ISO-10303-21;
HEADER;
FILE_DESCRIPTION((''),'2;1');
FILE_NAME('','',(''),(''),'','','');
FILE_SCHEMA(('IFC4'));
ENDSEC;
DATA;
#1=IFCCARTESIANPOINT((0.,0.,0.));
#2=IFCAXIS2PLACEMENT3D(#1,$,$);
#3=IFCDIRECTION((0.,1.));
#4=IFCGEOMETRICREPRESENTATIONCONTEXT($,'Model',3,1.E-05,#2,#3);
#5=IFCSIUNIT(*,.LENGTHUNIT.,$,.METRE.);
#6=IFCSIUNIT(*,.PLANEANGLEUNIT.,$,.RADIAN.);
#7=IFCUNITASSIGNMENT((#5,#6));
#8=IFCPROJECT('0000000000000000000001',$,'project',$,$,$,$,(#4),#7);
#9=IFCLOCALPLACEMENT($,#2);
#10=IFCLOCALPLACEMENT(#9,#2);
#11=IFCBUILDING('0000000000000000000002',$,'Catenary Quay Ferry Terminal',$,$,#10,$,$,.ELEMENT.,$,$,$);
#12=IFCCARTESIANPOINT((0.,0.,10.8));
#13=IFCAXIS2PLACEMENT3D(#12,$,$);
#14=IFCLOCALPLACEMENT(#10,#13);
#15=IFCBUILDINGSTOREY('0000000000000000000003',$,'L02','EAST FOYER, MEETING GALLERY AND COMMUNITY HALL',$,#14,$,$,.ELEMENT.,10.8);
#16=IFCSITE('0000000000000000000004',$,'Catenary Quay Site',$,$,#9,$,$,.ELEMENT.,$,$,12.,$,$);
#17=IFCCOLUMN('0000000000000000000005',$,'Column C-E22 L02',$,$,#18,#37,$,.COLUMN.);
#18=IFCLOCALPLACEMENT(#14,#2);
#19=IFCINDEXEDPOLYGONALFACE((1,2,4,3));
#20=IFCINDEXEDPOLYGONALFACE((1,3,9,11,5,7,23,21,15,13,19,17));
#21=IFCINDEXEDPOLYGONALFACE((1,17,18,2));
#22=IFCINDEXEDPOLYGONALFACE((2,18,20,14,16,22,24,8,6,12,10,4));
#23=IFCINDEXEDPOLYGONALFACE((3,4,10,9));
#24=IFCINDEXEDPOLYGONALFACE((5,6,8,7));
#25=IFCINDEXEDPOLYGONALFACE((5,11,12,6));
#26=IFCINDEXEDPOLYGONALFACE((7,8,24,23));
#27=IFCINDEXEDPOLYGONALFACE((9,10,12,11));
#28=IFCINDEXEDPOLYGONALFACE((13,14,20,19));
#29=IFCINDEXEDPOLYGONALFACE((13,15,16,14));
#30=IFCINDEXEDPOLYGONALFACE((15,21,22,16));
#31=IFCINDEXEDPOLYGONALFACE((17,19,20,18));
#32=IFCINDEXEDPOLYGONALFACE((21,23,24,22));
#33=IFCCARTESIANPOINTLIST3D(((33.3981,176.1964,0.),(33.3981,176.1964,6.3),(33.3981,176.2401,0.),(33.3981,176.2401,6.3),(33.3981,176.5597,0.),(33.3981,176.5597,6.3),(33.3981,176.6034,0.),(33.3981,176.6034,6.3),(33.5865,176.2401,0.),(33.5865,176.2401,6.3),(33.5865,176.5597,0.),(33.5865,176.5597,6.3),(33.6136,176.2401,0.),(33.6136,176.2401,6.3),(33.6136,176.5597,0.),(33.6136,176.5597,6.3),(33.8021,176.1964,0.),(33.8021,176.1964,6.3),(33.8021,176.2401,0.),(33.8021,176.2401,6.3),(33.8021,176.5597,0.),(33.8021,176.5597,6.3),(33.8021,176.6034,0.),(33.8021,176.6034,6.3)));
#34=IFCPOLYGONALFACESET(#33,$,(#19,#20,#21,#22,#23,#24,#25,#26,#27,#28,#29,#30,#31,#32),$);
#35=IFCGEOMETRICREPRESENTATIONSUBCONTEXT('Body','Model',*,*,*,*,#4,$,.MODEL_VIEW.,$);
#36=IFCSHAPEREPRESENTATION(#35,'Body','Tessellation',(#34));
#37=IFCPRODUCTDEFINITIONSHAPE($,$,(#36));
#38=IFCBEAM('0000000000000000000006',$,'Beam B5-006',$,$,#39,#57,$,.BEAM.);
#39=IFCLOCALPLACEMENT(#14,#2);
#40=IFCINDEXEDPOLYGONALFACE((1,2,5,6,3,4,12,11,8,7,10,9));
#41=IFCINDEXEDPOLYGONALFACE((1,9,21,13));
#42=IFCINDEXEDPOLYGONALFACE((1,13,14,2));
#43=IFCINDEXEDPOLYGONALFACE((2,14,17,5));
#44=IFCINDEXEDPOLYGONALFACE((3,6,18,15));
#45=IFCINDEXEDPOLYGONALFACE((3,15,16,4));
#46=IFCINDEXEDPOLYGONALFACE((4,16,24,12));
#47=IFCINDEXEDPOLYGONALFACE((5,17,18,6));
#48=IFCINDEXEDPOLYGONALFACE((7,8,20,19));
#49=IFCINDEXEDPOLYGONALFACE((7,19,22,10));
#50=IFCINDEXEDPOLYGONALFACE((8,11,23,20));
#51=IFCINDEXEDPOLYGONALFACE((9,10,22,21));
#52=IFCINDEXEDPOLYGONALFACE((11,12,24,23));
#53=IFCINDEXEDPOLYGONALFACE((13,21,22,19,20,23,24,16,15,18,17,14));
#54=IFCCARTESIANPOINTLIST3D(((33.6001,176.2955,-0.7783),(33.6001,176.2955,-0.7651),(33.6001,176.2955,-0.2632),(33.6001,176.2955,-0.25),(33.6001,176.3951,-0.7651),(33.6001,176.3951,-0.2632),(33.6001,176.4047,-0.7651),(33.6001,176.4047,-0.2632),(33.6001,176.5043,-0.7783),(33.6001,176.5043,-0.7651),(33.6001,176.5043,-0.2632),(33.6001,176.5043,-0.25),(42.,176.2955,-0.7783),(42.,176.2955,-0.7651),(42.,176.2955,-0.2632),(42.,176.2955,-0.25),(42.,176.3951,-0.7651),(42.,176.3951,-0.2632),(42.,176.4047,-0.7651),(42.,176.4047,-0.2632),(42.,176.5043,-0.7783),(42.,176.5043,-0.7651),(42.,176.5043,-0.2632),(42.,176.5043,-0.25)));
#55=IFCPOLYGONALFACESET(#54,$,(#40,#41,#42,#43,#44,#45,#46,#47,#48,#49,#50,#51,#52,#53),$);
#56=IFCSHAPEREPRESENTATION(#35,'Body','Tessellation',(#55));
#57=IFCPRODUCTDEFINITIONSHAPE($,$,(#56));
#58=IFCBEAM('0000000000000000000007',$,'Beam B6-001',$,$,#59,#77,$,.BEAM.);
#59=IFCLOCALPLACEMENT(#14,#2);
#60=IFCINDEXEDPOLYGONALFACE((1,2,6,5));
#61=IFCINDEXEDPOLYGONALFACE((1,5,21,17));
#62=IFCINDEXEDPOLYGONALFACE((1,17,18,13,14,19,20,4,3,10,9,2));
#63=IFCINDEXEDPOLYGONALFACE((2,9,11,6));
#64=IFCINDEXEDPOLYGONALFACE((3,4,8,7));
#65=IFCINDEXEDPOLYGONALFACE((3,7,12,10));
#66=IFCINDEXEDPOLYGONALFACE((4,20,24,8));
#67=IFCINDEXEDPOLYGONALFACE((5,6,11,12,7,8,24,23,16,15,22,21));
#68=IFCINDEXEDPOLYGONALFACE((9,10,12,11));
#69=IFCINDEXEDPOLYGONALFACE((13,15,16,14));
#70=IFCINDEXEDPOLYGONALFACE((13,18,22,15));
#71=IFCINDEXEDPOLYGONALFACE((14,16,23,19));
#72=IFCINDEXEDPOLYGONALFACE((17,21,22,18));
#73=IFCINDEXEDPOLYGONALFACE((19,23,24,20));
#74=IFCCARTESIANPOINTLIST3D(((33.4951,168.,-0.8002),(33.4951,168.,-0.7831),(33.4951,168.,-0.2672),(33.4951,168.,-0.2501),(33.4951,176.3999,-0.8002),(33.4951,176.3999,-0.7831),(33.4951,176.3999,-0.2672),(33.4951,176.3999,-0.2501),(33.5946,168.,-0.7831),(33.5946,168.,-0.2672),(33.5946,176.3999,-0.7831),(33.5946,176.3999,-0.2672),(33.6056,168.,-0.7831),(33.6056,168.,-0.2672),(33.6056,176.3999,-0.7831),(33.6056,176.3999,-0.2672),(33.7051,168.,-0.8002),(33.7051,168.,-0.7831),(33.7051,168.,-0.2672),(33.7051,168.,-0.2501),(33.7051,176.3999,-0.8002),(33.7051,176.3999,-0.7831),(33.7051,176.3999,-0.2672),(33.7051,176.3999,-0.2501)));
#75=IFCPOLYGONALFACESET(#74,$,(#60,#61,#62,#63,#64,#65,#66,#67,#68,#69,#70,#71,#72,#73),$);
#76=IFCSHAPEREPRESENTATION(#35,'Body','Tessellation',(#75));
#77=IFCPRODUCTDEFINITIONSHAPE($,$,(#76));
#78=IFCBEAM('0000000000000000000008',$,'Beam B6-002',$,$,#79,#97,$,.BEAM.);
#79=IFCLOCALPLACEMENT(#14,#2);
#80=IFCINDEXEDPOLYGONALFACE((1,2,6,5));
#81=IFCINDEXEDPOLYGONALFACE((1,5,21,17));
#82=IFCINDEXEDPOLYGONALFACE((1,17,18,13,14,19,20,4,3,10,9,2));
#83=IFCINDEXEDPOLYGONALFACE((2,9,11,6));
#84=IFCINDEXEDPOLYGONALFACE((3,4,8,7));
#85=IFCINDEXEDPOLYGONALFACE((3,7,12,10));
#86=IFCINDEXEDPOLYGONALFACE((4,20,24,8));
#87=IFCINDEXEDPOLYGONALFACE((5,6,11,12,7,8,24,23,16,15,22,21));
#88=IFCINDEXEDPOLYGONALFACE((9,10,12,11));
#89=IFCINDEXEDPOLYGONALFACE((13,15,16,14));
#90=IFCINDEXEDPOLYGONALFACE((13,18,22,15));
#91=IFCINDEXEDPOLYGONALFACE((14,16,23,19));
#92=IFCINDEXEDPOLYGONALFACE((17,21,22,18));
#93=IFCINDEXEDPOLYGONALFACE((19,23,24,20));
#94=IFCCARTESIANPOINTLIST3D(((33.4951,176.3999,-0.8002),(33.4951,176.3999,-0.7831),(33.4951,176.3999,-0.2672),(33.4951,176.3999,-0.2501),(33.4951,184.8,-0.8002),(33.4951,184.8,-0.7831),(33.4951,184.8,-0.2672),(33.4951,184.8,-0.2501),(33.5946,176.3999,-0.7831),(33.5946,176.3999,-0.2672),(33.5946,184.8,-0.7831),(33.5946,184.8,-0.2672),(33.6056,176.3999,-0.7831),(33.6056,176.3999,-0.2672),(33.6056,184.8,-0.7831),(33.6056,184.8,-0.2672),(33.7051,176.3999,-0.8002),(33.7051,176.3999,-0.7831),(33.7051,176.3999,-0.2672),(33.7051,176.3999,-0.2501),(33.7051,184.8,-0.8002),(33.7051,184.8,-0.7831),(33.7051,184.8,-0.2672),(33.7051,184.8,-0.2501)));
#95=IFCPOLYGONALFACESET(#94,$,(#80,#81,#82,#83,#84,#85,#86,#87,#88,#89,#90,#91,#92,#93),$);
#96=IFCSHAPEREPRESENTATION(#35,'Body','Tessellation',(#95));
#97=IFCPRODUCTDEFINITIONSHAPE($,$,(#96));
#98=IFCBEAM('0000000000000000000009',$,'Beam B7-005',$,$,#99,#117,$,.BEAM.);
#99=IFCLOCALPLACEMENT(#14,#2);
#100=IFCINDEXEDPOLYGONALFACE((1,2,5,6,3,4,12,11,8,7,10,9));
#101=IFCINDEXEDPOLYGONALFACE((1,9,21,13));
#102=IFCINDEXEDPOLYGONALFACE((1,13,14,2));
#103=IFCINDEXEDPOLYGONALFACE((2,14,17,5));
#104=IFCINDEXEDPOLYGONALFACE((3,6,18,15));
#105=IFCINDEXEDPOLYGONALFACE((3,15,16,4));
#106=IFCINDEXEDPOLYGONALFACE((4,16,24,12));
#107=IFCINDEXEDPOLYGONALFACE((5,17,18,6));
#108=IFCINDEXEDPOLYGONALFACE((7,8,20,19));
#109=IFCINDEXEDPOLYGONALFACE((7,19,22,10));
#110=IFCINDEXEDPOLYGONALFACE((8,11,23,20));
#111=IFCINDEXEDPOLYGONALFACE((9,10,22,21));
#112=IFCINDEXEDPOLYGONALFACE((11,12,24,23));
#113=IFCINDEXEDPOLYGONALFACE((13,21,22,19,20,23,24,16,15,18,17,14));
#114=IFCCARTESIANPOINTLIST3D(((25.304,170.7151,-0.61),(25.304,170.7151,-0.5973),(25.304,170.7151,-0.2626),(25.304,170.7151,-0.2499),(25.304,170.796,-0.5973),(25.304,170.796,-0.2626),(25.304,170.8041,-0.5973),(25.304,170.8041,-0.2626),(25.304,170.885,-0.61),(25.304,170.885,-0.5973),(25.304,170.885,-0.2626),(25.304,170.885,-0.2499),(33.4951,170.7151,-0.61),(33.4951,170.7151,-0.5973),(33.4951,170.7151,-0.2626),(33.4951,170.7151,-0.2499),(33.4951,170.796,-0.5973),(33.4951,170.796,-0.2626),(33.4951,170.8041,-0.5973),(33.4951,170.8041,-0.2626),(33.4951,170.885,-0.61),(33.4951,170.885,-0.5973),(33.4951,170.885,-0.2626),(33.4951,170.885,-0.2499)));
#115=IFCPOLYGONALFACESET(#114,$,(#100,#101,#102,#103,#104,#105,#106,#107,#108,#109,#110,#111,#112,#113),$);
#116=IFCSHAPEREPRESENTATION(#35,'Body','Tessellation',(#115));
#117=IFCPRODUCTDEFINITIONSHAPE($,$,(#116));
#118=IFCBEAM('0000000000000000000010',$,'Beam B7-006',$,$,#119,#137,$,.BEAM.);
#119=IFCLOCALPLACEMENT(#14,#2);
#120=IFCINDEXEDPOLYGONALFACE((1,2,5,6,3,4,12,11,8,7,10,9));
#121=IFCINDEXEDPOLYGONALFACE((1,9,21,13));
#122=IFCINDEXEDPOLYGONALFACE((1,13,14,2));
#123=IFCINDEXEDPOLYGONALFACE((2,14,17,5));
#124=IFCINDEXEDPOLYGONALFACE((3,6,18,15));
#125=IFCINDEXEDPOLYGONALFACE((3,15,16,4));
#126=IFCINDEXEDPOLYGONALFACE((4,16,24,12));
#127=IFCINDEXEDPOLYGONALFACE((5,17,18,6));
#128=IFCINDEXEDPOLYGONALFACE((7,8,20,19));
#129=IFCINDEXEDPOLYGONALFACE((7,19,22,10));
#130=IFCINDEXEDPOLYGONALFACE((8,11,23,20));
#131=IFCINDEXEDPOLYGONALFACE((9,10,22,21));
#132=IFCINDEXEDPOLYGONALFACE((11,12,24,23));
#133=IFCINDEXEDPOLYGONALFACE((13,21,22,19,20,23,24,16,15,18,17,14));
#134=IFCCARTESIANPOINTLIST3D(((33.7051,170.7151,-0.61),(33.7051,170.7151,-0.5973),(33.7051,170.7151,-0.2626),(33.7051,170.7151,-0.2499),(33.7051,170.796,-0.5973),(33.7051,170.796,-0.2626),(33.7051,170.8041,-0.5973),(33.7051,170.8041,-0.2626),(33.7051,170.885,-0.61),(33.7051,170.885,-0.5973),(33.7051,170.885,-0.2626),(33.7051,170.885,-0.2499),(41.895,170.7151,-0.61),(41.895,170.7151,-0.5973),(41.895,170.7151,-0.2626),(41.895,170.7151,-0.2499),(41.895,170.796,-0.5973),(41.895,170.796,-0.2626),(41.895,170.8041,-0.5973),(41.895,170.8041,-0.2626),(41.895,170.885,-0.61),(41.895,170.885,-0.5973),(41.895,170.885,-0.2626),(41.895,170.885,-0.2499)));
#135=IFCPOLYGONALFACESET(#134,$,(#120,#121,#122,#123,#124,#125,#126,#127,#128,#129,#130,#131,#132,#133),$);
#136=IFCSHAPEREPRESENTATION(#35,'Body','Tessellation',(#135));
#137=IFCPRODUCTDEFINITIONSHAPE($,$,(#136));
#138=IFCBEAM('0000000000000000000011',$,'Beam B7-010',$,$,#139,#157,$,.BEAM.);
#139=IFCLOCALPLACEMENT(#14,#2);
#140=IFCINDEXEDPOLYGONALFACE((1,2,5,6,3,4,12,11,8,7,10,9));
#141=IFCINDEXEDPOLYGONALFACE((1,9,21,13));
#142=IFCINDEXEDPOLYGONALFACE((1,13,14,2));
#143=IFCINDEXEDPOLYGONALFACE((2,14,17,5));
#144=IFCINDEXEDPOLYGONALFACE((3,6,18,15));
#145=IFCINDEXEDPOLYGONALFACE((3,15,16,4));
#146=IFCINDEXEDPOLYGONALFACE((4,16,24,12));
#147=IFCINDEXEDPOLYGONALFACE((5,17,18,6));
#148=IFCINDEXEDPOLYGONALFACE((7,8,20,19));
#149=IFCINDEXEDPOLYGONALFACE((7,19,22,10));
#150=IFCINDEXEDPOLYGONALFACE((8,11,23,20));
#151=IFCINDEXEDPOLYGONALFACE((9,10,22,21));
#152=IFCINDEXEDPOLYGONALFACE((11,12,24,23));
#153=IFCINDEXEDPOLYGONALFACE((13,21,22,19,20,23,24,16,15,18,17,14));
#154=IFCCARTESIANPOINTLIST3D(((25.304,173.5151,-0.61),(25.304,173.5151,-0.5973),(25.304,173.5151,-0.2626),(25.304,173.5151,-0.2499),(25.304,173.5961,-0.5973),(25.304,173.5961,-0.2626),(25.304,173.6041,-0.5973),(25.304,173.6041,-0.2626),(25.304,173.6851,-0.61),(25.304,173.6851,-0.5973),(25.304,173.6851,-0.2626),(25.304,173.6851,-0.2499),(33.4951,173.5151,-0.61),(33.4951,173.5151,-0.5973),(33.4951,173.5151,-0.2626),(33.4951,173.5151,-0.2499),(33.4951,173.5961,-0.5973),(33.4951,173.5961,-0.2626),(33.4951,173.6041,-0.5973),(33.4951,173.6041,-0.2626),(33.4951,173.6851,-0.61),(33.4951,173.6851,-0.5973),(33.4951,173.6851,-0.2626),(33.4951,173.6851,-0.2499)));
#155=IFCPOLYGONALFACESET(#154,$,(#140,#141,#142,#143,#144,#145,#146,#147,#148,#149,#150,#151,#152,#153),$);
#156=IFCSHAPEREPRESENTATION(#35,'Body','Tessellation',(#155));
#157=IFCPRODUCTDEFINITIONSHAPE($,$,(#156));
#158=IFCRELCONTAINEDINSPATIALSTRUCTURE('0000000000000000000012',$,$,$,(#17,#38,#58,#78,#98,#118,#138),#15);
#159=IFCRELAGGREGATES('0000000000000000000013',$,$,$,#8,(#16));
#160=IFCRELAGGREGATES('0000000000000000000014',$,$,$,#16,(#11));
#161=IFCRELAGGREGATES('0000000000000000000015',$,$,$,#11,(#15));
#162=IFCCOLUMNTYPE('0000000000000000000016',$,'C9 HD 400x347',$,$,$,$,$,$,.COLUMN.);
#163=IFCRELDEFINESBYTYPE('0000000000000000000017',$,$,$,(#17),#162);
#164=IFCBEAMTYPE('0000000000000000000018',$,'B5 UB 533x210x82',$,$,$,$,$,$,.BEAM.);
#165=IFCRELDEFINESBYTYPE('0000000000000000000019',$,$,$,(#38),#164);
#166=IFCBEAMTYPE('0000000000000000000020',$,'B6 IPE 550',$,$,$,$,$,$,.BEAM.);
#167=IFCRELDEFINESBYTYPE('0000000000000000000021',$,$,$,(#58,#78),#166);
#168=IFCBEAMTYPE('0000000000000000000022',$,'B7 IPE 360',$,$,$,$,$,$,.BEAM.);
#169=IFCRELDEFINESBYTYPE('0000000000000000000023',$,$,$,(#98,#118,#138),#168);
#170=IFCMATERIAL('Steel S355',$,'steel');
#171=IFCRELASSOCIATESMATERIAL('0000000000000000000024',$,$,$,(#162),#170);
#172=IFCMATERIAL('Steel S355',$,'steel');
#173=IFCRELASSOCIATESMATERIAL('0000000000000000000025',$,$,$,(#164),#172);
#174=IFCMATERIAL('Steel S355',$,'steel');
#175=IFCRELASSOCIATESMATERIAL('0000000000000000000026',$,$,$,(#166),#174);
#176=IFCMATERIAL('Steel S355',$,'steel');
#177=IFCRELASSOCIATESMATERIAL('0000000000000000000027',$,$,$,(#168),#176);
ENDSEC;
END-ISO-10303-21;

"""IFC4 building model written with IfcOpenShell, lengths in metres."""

from ifc_helpers import new_model, si_unit, direction, frame, origin, origin_2d, place, context, subcontext, project, spatial, i_section, extrude, material, material_profile, profile_set, type_object, element, save


model = new_model("IFC4")

# Units and contexts
model_context = context("Model", 3, precision=1e-05, world=origin(), true_north=direction((0.0, 1.0)))
body_context = subcontext(model_context, "Body", "Model", "MODEL_VIEW")
ifc_project = project(units=[si_unit("LENGTHUNIT", "METRE"), si_unit("PLANEANGLEUNIT", "RADIAN")], contexts=[model_context])

# Site, building, storey
site_placement = place(None, origin())
site = spatial("IfcSite", under=ifc_project, at=site_placement, Name="Catenary Quay Site", CompositionType="ELEMENT", RefElevation=12.0)
building_placement = place(site_placement, origin())
building = spatial("IfcBuilding", under=site, at=building_placement, Name="Catenary Quay Ferry Terminal", CompositionType="ELEMENT")
storey_placement = place(building_placement, frame((0.0, 0.0, 10.8)))
storey = spatial("IfcBuildingStorey", under=building, at=storey_placement, Name="L02", Description="EAST FOYER, MEETING GALLERY AND COMMUNITY HALL", CompositionType="ELEMENT", Elevation=10.8)

# Column
ifc_material_1 = material(Name="Steel S355", Category="steel")
ifc_material_profile_1 = material_profile(ifc_material_1, i_section(OverallWidth=0.4041, OverallDepth=0.407, WebThickness=0.0271, FlangeThickness=0.0437, at=origin_2d()), Name="HD 400x347")
ifc_profile_set_1 = profile_set([ifc_material_profile_1], Name="Steel S355")
column_type = type_object("IfcColumnType", Name="C9 HD 400x347", PredefinedType="COLUMN", material=ifc_profile_set_1)
column_placement = place(storey_placement, frame((33.6001, 176.3999, 0.0), z_axis=(0.0, 0.0, 1.0), x_axis=(1.0, 0.0, 0.0)))
element("IfcColumn", 1, at=column_placement, inside=storey, type_object=column_type, Name="Column C-E22 L02", PredefinedType="COLUMN", context=body_context, shape_type="SweptSolid", body=[
    extrude(i_section(OverallWidth=0.4041, OverallDepth=0.407, WebThickness=0.0271, FlangeThickness=0.0437, at=origin_2d()), origin(), (0.0, 0.0, 1.0), 6.3),
])

# Beams
ifc_material_2 = material(Name="Steel S355", Category="steel")
ifc_material_profile_2 = material_profile(ifc_material_2, i_section(OverallWidth=0.2087, OverallDepth=0.5283, WebThickness=0.0095, FlangeThickness=0.0132, at=origin_2d()), Name="UB 533x210x82")
ifc_profile_set_2 = profile_set([ifc_material_profile_2], Name="Steel S355")
beam_type_1 = type_object("IfcBeamType", Name="B5 UB 533x210x82", PredefinedType="BEAM", material=ifc_profile_set_2)
beam_1_placement = place(storey_placement, frame((33.6001, 176.3999, -0.5142), z_axis=(1.0, 0.0, 0.0), x_axis=(0.0, 1.0, 0.0)))
element("IfcBeam", 2, at=beam_1_placement, inside=storey, type_object=beam_type_1, Name="Beam B5-006", PredefinedType="BEAM", context=body_context, shape_type="SweptSolid", body=[
    extrude(i_section(OverallWidth=0.2087, OverallDepth=0.5283, WebThickness=0.0095, FlangeThickness=0.0132, at=origin_2d()), origin(), (0.0, 0.0, 1.0), 8.3999),
])
ifc_material_3 = material(Name="Steel S355", Category="steel")
ifc_material_profile_3 = material_profile(ifc_material_3, i_section(OverallWidth=0.21, OverallDepth=0.55, WebThickness=0.011, FlangeThickness=0.0171, at=origin_2d()), Name="IPE 550")
ifc_profile_set_3 = profile_set([ifc_material_profile_3], Name="Steel S355")
beam_type_2 = type_object("IfcBeamType", Name="B6 IPE 550", PredefinedType="BEAM", material=ifc_profile_set_3)
beam_2_placement = place(storey_placement, frame((33.6001, 168.0, -0.5251), z_axis=(0.0, 1.0, 0.0), x_axis=(-1.0, 0.0, 0.0)))
element("IfcBeam", 3, at=beam_2_placement, inside=storey, type_object=beam_type_2, Name="Beam B6-001", PredefinedType="BEAM", context=body_context, shape_type="SweptSolid", body=[
    extrude(i_section(OverallWidth=0.21, OverallDepth=0.55, WebThickness=0.011, FlangeThickness=0.0171, at=origin_2d()), origin(), (0.0, 0.0, 1.0), 8.3999),
])
beam_3_placement = place(storey_placement, frame((33.6001, 176.3999, -0.5251), z_axis=(0.0, 1.0, 0.0), x_axis=(-1.0, 0.0, 0.0)))
element("IfcBeam", 4, at=beam_3_placement, inside=storey, type_object=beam_type_2, Name="Beam B6-002", PredefinedType="BEAM", context=body_context, shape_type="SweptSolid", body=[
    extrude(i_section(OverallWidth=0.21, OverallDepth=0.55, WebThickness=0.011, FlangeThickness=0.0171, at=origin_2d()), origin(), (0.0, 0.0, 1.0), 8.4001),
])
ifc_material_4 = material(Name="Steel S355", Category="steel")
ifc_material_profile_4 = material_profile(ifc_material_4, i_section(OverallWidth=0.1699, OverallDepth=0.3601, WebThickness=0.0081, FlangeThickness=0.0127, at=origin_2d()), Name="IPE 360")
ifc_profile_set_4 = profile_set([ifc_material_profile_4], Name="Steel S355")
beam_type_3 = type_object("IfcBeamType", Name="B7 IPE 360", PredefinedType="BEAM", material=ifc_profile_set_4)
beam_4_placement = place(storey_placement, frame((25.304, 170.8, -0.4299), z_axis=(1.0, 0.0, 0.0), x_axis=(0.0, 1.0, 0.0)))
element("IfcBeam", 5, at=beam_4_placement, inside=storey, type_object=beam_type_3, Name="Beam B7-005", PredefinedType="BEAM", context=body_context, shape_type="SweptSolid", body=[
    extrude(i_section(OverallWidth=0.1699, OverallDepth=0.3601, WebThickness=0.0081, FlangeThickness=0.0127, at=origin_2d()), origin(), (0.0, 0.0, 1.0), 8.1912),
])
beam_5_placement = place(storey_placement, frame((33.7051, 170.8, -0.4299), z_axis=(1.0, 0.0, 0.0), x_axis=(0.0, 1.0, 0.0)))
element("IfcBeam", 6, at=beam_5_placement, inside=storey, type_object=beam_type_3, Name="Beam B7-006", PredefinedType="BEAM", context=body_context, shape_type="SweptSolid", body=[
    extrude(i_section(OverallWidth=0.1699, OverallDepth=0.3601, WebThickness=0.0081, FlangeThickness=0.0127, at=origin_2d()), origin(), (0.0, 0.0, 1.0), 8.1899),
])
beam_6_placement = place(storey_placement, frame((25.304, 173.6001, -0.4299), z_axis=(1.0, 0.0, 0.0), x_axis=(0.0, 1.0, 0.0)))
element("IfcBeam", 7, at=beam_6_placement, inside=storey, type_object=beam_type_3, Name="Beam B7-010", PredefinedType="BEAM", context=body_context, shape_type="SweptSolid", body=[
    extrude(i_section(OverallWidth=0.1699, OverallDepth=0.3601, WebThickness=0.0081, FlangeThickness=0.0127, at=origin_2d()), origin(), (0.0, 0.0, 1.0), 8.1912),
])

save(model, "model.ifc")
